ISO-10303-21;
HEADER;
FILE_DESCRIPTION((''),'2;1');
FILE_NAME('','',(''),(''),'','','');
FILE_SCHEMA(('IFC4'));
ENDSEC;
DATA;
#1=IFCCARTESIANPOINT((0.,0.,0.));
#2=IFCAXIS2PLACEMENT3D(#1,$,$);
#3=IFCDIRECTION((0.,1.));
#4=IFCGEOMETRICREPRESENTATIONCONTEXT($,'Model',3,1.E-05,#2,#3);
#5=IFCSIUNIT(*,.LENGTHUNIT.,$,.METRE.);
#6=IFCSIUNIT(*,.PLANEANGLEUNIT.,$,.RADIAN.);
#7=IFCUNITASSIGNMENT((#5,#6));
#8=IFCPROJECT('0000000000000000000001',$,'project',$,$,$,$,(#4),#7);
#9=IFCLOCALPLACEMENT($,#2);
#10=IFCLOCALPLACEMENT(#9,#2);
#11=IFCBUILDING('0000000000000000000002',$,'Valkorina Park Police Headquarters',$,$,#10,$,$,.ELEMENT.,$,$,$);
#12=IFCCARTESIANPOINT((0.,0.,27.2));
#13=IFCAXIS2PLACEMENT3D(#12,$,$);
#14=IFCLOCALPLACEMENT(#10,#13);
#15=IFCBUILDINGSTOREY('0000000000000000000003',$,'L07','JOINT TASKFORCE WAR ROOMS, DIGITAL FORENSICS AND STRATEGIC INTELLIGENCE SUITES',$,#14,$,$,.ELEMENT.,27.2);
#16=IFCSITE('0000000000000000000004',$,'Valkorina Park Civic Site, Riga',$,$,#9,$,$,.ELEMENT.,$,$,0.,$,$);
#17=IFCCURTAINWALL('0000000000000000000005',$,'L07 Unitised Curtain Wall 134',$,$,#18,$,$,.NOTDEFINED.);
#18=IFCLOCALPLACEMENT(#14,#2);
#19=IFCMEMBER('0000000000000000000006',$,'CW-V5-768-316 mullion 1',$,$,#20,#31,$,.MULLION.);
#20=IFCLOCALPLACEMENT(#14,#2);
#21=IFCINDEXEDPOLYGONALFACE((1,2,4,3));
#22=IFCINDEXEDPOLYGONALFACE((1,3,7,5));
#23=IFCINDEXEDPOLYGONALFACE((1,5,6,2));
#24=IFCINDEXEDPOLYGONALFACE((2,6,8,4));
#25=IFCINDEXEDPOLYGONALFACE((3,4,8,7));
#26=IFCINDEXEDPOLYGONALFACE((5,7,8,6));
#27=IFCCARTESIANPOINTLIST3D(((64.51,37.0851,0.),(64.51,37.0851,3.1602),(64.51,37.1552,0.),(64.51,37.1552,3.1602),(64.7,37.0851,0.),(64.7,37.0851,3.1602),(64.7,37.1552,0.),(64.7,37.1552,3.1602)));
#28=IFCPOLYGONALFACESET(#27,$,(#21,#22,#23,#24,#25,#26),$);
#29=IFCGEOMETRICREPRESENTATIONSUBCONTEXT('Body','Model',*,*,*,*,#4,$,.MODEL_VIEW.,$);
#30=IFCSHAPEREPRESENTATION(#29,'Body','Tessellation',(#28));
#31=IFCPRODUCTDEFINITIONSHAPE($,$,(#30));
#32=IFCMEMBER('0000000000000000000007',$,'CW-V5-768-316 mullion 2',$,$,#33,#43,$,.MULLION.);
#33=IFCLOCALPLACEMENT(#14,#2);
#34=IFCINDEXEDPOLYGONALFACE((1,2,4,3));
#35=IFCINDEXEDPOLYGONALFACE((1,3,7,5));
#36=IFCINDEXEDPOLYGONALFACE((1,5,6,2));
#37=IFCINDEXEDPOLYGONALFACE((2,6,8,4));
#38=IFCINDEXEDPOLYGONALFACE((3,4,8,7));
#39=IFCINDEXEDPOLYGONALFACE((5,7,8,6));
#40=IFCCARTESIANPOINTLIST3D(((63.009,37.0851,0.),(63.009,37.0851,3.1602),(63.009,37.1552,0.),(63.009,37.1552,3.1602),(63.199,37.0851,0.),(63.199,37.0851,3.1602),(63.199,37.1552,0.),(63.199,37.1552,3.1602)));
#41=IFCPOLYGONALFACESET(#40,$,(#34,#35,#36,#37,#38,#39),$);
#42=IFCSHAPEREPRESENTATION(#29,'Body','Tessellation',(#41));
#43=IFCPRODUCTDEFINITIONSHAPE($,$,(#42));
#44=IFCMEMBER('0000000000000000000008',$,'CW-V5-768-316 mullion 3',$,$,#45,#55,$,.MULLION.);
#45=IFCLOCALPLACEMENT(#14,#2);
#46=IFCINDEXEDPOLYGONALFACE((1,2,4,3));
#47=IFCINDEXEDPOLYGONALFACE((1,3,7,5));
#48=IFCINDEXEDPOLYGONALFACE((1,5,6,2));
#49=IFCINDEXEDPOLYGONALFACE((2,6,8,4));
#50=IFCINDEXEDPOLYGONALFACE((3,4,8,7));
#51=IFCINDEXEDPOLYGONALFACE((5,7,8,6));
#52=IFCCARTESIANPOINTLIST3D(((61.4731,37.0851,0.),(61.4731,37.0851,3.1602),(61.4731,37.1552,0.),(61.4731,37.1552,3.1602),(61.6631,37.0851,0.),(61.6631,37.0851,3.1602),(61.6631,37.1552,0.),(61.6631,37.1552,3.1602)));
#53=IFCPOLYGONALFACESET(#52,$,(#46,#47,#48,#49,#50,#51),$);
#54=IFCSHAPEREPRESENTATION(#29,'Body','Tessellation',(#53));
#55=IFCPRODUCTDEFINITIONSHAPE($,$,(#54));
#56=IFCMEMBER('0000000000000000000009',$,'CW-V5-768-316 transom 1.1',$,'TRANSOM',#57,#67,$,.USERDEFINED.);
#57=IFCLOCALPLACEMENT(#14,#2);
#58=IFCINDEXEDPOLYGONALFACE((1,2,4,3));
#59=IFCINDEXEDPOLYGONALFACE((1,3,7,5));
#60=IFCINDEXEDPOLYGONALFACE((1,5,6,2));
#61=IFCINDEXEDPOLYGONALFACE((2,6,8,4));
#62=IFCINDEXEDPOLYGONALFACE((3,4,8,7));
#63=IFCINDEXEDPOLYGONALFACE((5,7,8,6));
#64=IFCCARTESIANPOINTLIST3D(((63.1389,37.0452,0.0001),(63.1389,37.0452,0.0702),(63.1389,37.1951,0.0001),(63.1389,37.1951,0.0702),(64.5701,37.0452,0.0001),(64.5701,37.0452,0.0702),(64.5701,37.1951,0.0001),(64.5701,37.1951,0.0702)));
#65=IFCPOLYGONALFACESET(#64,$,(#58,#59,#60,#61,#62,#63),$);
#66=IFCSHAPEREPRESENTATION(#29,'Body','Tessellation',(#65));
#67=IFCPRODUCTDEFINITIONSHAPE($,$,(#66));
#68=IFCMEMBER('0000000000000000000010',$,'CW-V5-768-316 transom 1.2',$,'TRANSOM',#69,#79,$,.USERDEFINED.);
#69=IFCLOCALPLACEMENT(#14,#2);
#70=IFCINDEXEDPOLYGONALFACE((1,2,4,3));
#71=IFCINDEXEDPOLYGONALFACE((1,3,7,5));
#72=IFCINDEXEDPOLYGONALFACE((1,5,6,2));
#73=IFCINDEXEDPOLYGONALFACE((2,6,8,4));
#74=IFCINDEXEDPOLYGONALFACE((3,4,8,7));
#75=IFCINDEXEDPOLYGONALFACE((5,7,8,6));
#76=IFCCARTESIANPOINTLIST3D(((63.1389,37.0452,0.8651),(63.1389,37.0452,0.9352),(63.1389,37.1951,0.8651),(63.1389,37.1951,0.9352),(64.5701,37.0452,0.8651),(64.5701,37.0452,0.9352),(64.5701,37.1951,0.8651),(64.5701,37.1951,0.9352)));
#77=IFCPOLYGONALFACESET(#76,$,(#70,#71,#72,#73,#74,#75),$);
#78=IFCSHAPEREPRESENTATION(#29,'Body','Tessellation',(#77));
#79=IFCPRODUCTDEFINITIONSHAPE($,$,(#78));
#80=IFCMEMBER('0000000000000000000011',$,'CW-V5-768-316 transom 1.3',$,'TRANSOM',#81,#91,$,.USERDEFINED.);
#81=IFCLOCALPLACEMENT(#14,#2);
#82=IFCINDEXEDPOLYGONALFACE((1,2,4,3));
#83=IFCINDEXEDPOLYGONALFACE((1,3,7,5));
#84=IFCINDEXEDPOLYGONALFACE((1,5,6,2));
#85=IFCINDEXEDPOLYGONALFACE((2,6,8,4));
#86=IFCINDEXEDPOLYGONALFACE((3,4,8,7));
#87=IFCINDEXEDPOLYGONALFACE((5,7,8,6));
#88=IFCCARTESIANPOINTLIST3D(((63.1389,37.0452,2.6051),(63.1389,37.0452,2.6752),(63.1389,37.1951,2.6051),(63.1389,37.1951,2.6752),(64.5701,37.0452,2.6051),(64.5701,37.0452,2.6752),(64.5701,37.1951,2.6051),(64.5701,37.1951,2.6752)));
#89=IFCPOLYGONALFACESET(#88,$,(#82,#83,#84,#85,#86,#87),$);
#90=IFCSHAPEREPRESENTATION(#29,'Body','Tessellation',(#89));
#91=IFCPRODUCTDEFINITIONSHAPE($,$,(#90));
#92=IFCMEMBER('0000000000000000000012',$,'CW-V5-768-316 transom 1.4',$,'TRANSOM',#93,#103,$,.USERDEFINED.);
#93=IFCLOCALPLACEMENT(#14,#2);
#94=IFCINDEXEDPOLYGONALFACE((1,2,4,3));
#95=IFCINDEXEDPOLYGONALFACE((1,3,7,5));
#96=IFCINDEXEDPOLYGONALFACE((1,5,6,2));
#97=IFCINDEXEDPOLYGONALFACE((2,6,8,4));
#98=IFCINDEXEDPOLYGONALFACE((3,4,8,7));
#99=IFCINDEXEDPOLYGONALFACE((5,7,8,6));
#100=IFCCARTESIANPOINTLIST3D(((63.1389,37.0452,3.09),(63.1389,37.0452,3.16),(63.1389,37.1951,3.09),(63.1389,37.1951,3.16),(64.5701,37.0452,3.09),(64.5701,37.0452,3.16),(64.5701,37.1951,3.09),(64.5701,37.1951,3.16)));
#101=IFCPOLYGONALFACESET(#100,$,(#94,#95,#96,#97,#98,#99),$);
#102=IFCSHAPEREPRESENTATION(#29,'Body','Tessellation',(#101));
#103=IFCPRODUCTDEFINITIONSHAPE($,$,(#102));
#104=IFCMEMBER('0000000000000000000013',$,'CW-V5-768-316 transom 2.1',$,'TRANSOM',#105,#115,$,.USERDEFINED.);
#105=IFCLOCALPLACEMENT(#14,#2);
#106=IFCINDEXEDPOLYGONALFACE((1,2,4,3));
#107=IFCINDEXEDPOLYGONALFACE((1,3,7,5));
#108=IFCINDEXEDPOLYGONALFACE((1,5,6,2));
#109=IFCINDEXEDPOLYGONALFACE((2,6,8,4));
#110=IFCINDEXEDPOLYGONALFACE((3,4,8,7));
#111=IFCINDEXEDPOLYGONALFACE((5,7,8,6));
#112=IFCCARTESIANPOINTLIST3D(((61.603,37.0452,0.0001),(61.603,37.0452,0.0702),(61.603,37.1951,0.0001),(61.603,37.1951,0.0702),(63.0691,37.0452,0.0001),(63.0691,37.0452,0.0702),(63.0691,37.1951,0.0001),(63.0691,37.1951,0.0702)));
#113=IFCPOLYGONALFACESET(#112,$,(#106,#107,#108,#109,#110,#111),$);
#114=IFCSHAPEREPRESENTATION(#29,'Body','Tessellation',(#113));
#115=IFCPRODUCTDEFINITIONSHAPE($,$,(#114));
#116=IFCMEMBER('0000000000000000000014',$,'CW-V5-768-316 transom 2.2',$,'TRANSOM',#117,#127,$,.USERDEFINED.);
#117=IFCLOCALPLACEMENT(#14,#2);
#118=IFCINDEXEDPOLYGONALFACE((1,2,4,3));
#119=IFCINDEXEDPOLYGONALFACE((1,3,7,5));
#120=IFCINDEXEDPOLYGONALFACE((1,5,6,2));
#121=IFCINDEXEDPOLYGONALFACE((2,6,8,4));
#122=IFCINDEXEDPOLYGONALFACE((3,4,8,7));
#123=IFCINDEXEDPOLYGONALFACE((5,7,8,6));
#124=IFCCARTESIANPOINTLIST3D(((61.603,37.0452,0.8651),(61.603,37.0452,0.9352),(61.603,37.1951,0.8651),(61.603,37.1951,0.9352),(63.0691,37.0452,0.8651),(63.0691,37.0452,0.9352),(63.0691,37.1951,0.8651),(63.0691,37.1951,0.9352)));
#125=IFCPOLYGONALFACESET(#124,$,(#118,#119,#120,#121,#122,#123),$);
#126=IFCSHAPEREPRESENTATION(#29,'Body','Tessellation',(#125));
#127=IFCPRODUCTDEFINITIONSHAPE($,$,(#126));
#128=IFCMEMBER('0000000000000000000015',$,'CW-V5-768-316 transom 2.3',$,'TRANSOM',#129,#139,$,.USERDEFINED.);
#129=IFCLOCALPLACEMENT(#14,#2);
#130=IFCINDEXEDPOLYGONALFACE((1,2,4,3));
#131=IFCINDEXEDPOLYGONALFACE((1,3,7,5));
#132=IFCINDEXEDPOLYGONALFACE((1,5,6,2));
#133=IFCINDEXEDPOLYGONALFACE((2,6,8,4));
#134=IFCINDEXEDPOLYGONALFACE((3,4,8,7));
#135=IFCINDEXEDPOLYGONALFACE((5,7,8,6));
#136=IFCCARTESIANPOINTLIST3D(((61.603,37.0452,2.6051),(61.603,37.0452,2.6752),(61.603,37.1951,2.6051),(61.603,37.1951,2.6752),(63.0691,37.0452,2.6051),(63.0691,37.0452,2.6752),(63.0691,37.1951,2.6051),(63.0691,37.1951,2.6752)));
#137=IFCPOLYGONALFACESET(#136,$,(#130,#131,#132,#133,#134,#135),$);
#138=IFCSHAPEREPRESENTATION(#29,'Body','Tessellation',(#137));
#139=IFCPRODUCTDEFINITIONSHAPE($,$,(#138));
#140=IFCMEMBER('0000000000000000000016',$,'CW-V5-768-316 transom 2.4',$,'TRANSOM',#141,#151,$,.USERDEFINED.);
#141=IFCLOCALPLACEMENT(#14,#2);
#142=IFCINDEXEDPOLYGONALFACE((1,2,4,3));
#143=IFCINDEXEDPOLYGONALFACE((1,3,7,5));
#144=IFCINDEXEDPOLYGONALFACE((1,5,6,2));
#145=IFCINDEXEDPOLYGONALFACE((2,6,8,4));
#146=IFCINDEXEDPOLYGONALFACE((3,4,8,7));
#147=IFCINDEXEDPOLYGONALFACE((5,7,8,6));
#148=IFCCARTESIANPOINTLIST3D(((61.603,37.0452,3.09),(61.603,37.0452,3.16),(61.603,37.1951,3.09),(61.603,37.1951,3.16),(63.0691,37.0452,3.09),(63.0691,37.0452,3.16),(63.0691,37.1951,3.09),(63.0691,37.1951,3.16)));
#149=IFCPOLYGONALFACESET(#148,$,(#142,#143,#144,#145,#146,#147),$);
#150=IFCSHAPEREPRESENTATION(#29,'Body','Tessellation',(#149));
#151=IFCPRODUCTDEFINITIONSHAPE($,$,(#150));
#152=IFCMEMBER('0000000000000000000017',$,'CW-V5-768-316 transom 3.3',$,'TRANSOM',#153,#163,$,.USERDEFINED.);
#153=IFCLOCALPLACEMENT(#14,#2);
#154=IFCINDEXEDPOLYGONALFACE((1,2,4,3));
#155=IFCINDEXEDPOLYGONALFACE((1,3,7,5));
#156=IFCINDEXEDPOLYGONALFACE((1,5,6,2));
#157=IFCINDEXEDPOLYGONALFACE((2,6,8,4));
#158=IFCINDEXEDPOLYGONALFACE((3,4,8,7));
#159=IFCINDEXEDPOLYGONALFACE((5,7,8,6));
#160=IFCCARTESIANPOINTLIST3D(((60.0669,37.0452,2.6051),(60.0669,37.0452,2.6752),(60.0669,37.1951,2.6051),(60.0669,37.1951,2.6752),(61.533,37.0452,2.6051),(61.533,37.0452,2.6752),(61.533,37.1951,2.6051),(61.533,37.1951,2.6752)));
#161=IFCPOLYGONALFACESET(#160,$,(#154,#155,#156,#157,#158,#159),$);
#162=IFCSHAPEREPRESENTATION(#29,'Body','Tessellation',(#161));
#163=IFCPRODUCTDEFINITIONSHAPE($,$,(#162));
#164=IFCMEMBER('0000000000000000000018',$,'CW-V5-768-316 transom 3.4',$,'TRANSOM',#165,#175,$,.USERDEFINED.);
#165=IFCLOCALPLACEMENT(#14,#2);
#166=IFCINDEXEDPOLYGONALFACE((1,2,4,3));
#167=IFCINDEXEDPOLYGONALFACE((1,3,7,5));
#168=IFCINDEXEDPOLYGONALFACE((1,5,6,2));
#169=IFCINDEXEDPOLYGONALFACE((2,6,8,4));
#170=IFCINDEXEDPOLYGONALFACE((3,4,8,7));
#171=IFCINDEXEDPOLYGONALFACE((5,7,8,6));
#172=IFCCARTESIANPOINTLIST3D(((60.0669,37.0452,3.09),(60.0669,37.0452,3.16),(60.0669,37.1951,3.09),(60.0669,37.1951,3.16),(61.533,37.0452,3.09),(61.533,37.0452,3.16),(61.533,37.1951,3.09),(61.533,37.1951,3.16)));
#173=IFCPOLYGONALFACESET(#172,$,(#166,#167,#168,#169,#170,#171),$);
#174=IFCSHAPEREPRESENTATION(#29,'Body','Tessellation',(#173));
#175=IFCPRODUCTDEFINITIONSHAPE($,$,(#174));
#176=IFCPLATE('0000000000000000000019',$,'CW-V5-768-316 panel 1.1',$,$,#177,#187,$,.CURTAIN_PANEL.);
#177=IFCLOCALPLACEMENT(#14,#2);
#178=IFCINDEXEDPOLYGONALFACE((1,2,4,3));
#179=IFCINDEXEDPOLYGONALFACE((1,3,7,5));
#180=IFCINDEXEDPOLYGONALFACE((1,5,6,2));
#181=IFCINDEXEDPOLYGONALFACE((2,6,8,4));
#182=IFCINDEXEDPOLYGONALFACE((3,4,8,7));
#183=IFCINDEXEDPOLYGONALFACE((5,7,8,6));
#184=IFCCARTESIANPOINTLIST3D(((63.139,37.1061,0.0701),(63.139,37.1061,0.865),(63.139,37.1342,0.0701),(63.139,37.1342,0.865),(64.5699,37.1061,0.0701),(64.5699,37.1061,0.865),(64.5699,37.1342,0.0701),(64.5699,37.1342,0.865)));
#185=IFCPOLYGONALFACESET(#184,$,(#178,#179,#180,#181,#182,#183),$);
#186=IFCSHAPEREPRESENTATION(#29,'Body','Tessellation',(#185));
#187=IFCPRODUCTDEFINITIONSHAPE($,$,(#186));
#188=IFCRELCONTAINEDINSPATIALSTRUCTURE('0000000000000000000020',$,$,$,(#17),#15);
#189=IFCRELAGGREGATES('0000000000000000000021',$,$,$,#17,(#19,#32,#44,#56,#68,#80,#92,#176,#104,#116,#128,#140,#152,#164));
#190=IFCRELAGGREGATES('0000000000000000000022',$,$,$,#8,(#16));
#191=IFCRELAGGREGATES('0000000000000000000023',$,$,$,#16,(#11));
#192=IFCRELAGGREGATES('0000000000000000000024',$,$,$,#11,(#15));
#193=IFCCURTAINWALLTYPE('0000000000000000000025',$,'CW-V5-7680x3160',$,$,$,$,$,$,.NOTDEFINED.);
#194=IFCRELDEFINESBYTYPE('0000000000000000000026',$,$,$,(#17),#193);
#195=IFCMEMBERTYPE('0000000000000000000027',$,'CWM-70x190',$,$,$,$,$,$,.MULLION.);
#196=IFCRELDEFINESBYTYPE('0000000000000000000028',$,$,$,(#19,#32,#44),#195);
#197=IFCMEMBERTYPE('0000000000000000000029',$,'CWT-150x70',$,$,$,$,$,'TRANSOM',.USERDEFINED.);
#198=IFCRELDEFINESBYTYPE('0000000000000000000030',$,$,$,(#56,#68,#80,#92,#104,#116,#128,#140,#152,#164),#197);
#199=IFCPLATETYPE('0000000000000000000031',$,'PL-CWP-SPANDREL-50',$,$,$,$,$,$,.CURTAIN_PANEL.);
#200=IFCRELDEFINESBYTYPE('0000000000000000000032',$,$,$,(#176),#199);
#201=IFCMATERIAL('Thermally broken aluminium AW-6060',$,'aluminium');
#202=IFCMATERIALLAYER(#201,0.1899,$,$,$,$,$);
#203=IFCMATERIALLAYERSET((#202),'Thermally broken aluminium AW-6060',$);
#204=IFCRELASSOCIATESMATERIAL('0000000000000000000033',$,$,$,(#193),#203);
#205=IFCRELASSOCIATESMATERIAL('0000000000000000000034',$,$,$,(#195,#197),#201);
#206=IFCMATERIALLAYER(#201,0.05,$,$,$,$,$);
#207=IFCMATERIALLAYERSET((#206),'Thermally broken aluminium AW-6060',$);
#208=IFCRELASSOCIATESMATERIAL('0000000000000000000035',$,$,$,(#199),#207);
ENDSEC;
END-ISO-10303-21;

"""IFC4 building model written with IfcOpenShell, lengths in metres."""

from ifc_helpers import new_model, si_unit, direction, frame, origin, origin_2d, place, context, subcontext, project, spatial, rectangle, extrude, material, layer, layer_set, material_profile, profile_set, type_object, element, aggregate, save


model = new_model("IFC4")

# Units and contexts
model_context = context("Model", 3, precision=1e-05, world=origin(), true_north=direction((0.0, 1.0)))
body_context = subcontext(model_context, "Body", "Model", "MODEL_VIEW")
ifc_project = project(units=[si_unit("LENGTHUNIT", "METRE"), si_unit("PLANEANGLEUNIT", "RADIAN")], contexts=[model_context])

# Site, building, storey
site_placement = place(None, origin())
site = spatial("IfcSite", under=ifc_project, at=site_placement, Name="Valkorina Park Civic Site, Riga", CompositionType="ELEMENT", RefElevation=0.0)
building_placement = place(site_placement, origin())
building = spatial("IfcBuilding", under=site, at=building_placement, Name="Valkorina Park Police Headquarters", CompositionType="ELEMENT")
storey_placement = place(building_placement, frame((0.0, 0.0, 27.2)))
storey = spatial("IfcBuildingStorey", under=building, at=storey_placement, Name="L07", Description="JOINT TASKFORCE WAR ROOMS, DIGITAL FORENSICS AND STRATEGIC INTELLIGENCE SUITES", CompositionType="ELEMENT", Elevation=27.2)

# Curtain wall, members, plate
ifc_material_1 = material(Name="Thermally broken aluminium AW-6060", Category="aluminium")
ifc_layer_1 = layer(ifc_material_1, 0.1899)
ifc_layer_set_1 = layer_set([ifc_layer_1], Name="Thermally broken aluminium AW-6060")
curtain_wall_type = type_object("IfcCurtainWallType", Name="CW-V5-7680x3160", PredefinedType="NOTDEFINED", material=ifc_layer_set_1)
curtain_wall_placement = place(storey_placement, origin())
curtain_wall = element("IfcCurtainWall", 1, at=curtain_wall_placement, inside=storey, type_object=curtain_wall_type, Name="L07 Unitised Curtain Wall 134", PredefinedType="NOTDEFINED")
ifc_material_profile_1 = material_profile(ifc_material_1, rectangle(XDim=0.0701, YDim=0.1899, at=origin_2d()), Name="CWM-02 70x190")
ifc_profile_set_1 = profile_set([ifc_material_profile_1], Name="Thermally broken aluminium AW-6060")
member_type_1 = type_object("IfcMemberType", Name="CWM-70x190", PredefinedType="MULLION", material=ifc_profile_set_1)
member_1_placement = place(storey_placement, frame((64.605, 37.1201, 0.0), z_axis=(0.0, 0.0, 1.0), x_axis=(0.0, -1.0, 0.0)))
member_1 = element("IfcMember", 2, at=member_1_placement, type_object=member_type_1, Name="CW-V5-768-316 mullion 1", PredefinedType="MULLION", context=body_context, shape_type="SweptSolid", body=[
    extrude(rectangle(XDim=0.0701, YDim=0.1899, at=origin_2d()), origin(), (0.0, 0.0, 1.0), 3.1602),
])
member_2_placement = place(storey_placement, frame((63.104, 37.1201, 0.0), z_axis=(0.0, 0.0, 1.0), x_axis=(0.0, -1.0, 0.0)))
member_2 = element("IfcMember", 3, at=member_2_placement, type_object=member_type_1, Name="CW-V5-768-316 mullion 2", PredefinedType="MULLION", context=body_context, shape_type="SweptSolid", body=[
    extrude(rectangle(XDim=0.0701, YDim=0.1899, at=origin_2d()), origin(), (0.0, 0.0, 1.0), 3.1602),
])
member_3_placement = place(storey_placement, frame((61.5681, 37.1201, 0.0), z_axis=(0.0, 0.0, 1.0), x_axis=(0.0, -1.0, 0.0)))
member_3 = element("IfcMember", 4, at=member_3_placement, type_object=member_type_1, Name="CW-V5-768-316 mullion 3", PredefinedType="MULLION", context=body_context, shape_type="SweptSolid", body=[
    extrude(rectangle(XDim=0.0701, YDim=0.1899, at=origin_2d()), origin(), (0.0, 0.0, 1.0), 3.1602),
])
ifc_material_profile_2 = material_profile(ifc_material_1, rectangle(XDim=0.1499, YDim=0.0701, at=origin_2d()), Name="CWT-02 150x70")
ifc_profile_set_2 = profile_set([ifc_material_profile_2], Name="Thermally broken aluminium AW-6060")
member_type_2 = type_object("IfcMemberType", Name="CWT-150x70", ElementType="TRANSOM", PredefinedType="USERDEFINED", material=ifc_profile_set_2)
member_4_placement = place(storey_placement, frame((64.5701, 37.1201, 0.0352), z_axis=(-1.0, 0.0, 0.0), x_axis=(0.0, -1.0, 0.0)))
member_4 = element("IfcMember", 5, at=member_4_placement, type_object=member_type_2, Name="CW-V5-768-316 transom 1.1", ObjectType="TRANSOM", PredefinedType="USERDEFINED", context=body_context, shape_type="SweptSolid", body=[
    extrude(rectangle(XDim=0.1499, YDim=0.0701, at=origin_2d()), origin(), (0.0, 0.0, 1.0), 1.4312),
])
member_5_placement = place(storey_placement, frame((64.5701, 37.1201, 0.9001), z_axis=(-1.0, 0.0, 0.0), x_axis=(0.0, -1.0, 0.0)))
member_5 = element("IfcMember", 6, at=member_5_placement, type_object=member_type_2, Name="CW-V5-768-316 transom 1.2", ObjectType="TRANSOM", PredefinedType="USERDEFINED", context=body_context, shape_type="SweptSolid", body=[
    extrude(rectangle(XDim=0.1499, YDim=0.0701, at=origin_2d()), origin(), (0.0, 0.0, 1.0), 1.4312),
])
member_6_placement = place(storey_placement, frame((64.5701, 37.1201, 2.6401), z_axis=(-1.0, 0.0, 0.0), x_axis=(0.0, -1.0, 0.0)))
member_6 = element("IfcMember", 7, at=member_6_placement, type_object=member_type_2, Name="CW-V5-768-316 transom 1.3", ObjectType="TRANSOM", PredefinedType="USERDEFINED", context=body_context, shape_type="SweptSolid", body=[
    extrude(rectangle(XDim=0.1499, YDim=0.0701, at=origin_2d()), origin(), (0.0, 0.0, 1.0), 1.4312),
])
member_7_placement = place(storey_placement, frame((64.5701, 37.1201, 3.125), z_axis=(-1.0, 0.0, 0.0), x_axis=(0.0, -1.0, 0.0)))
member_7 = element("IfcMember", 8, at=member_7_placement, type_object=member_type_2, Name="CW-V5-768-316 transom 1.4", ObjectType="TRANSOM", PredefinedType="USERDEFINED", context=body_context, shape_type="SweptSolid", body=[
    extrude(rectangle(XDim=0.1499, YDim=0.0701, at=origin_2d()), origin(), (0.0, 0.0, 1.0), 1.4312),
])
member_8_placement = place(storey_placement, frame((63.0691, 37.1201, 0.0352), z_axis=(-1.0, 0.0, 0.0), x_axis=(0.0, -1.0, 0.0)))
member_8 = element("IfcMember", 9, at=member_8_placement, type_object=member_type_2, Name="CW-V5-768-316 transom 2.1", ObjectType="TRANSOM", PredefinedType="USERDEFINED", context=body_context, shape_type="SweptSolid", body=[
    extrude(rectangle(XDim=0.1499, YDim=0.0701, at=origin_2d()), origin(), (0.0, 0.0, 1.0), 1.4661),
])
member_9_placement = place(storey_placement, frame((63.0691, 37.1201, 0.9001), z_axis=(-1.0, 0.0, 0.0), x_axis=(0.0, -1.0, 0.0)))
member_9 = element("IfcMember", 10, at=member_9_placement, type_object=member_type_2, Name="CW-V5-768-316 transom 2.2", ObjectType="TRANSOM", PredefinedType="USERDEFINED", context=body_context, shape_type="SweptSolid", body=[
    extrude(rectangle(XDim=0.1499, YDim=0.0701, at=origin_2d()), origin(), (0.0, 0.0, 1.0), 1.4661),
])
member_10_placement = place(storey_placement, frame((63.0691, 37.1201, 2.6401), z_axis=(-1.0, 0.0, 0.0), x_axis=(0.0, -1.0, 0.0)))
member_10 = element("IfcMember", 11, at=member_10_placement, type_object=member_type_2, Name="CW-V5-768-316 transom 2.3", ObjectType="TRANSOM", PredefinedType="USERDEFINED", context=body_context, shape_type="SweptSolid", body=[
    extrude(rectangle(XDim=0.1499, YDim=0.0701, at=origin_2d()), origin(), (0.0, 0.0, 1.0), 1.4661),
])
member_11_placement = place(storey_placement, frame((63.0691, 37.1201, 3.125), z_axis=(-1.0, 0.0, 0.0), x_axis=(0.0, -1.0, 0.0)))
member_11 = element("IfcMember", 12, at=member_11_placement, type_object=member_type_2, Name="CW-V5-768-316 transom 2.4", ObjectType="TRANSOM", PredefinedType="USERDEFINED", context=body_context, shape_type="SweptSolid", body=[
    extrude(rectangle(XDim=0.1499, YDim=0.0701, at=origin_2d()), origin(), (0.0, 0.0, 1.0), 1.4661),
])
member_12_placement = place(storey_placement, frame((61.533, 37.1201, 2.6401), z_axis=(-1.0, 0.0, 0.0), x_axis=(0.0, -1.0, 0.0)))
member_12 = element("IfcMember", 13, at=member_12_placement, type_object=member_type_2, Name="CW-V5-768-316 transom 3.3", ObjectType="TRANSOM", PredefinedType="USERDEFINED", context=body_context, shape_type="SweptSolid", body=[
    extrude(rectangle(XDim=0.1499, YDim=0.0701, at=origin_2d()), origin(), (0.0, 0.0, 1.0), 1.4661),
])
member_13_placement = place(storey_placement, frame((61.533, 37.1201, 3.125), z_axis=(-1.0, 0.0, 0.0), x_axis=(0.0, -1.0, 0.0)))
member_13 = element("IfcMember", 14, at=member_13_placement, type_object=member_type_2, Name="CW-V5-768-316 transom 3.4", ObjectType="TRANSOM", PredefinedType="USERDEFINED", context=body_context, shape_type="SweptSolid", body=[
    extrude(rectangle(XDim=0.1499, YDim=0.0701, at=origin_2d()), origin(), (0.0, 0.0, 1.0), 1.4661),
])
ifc_layer_2 = layer(ifc_material_1, 0.05)
ifc_layer_set_2 = layer_set([ifc_layer_2], Name="Thermally broken aluminium AW-6060")
plate_type_1 = type_object("IfcPlateType", Name="PL-CWP-SPANDREL-50", PredefinedType="CURTAIN_PANEL", material=ifc_layer_set_2)
plate_1_placement = place(storey_placement, frame((63.8545, 37.1201, 0.0701), z_axis=(0.0, 0.0, 1.0), x_axis=(-1.0, 0.0, 0.0)))
plate_1 = element("IfcPlate", 15, at=plate_1_placement, type_object=plate_type_1, Name="CW-V5-768-316 panel 1.1", PredefinedType="CURTAIN_PANEL", context=body_context, shape_type="SweptSolid", body=[
    extrude(rectangle(XDim=1.4309, YDim=0.0281, at=origin_2d()), origin(), (0.0, 0.0, 1.0), 0.7949),
])
aggregate(curtain_wall, [member_1, member_2, member_3, member_4, member_5, member_6, member_7, plate_1, member_8, member_9, member_10, member_11, member_12, member_13])

save(model, "model.ifc")
